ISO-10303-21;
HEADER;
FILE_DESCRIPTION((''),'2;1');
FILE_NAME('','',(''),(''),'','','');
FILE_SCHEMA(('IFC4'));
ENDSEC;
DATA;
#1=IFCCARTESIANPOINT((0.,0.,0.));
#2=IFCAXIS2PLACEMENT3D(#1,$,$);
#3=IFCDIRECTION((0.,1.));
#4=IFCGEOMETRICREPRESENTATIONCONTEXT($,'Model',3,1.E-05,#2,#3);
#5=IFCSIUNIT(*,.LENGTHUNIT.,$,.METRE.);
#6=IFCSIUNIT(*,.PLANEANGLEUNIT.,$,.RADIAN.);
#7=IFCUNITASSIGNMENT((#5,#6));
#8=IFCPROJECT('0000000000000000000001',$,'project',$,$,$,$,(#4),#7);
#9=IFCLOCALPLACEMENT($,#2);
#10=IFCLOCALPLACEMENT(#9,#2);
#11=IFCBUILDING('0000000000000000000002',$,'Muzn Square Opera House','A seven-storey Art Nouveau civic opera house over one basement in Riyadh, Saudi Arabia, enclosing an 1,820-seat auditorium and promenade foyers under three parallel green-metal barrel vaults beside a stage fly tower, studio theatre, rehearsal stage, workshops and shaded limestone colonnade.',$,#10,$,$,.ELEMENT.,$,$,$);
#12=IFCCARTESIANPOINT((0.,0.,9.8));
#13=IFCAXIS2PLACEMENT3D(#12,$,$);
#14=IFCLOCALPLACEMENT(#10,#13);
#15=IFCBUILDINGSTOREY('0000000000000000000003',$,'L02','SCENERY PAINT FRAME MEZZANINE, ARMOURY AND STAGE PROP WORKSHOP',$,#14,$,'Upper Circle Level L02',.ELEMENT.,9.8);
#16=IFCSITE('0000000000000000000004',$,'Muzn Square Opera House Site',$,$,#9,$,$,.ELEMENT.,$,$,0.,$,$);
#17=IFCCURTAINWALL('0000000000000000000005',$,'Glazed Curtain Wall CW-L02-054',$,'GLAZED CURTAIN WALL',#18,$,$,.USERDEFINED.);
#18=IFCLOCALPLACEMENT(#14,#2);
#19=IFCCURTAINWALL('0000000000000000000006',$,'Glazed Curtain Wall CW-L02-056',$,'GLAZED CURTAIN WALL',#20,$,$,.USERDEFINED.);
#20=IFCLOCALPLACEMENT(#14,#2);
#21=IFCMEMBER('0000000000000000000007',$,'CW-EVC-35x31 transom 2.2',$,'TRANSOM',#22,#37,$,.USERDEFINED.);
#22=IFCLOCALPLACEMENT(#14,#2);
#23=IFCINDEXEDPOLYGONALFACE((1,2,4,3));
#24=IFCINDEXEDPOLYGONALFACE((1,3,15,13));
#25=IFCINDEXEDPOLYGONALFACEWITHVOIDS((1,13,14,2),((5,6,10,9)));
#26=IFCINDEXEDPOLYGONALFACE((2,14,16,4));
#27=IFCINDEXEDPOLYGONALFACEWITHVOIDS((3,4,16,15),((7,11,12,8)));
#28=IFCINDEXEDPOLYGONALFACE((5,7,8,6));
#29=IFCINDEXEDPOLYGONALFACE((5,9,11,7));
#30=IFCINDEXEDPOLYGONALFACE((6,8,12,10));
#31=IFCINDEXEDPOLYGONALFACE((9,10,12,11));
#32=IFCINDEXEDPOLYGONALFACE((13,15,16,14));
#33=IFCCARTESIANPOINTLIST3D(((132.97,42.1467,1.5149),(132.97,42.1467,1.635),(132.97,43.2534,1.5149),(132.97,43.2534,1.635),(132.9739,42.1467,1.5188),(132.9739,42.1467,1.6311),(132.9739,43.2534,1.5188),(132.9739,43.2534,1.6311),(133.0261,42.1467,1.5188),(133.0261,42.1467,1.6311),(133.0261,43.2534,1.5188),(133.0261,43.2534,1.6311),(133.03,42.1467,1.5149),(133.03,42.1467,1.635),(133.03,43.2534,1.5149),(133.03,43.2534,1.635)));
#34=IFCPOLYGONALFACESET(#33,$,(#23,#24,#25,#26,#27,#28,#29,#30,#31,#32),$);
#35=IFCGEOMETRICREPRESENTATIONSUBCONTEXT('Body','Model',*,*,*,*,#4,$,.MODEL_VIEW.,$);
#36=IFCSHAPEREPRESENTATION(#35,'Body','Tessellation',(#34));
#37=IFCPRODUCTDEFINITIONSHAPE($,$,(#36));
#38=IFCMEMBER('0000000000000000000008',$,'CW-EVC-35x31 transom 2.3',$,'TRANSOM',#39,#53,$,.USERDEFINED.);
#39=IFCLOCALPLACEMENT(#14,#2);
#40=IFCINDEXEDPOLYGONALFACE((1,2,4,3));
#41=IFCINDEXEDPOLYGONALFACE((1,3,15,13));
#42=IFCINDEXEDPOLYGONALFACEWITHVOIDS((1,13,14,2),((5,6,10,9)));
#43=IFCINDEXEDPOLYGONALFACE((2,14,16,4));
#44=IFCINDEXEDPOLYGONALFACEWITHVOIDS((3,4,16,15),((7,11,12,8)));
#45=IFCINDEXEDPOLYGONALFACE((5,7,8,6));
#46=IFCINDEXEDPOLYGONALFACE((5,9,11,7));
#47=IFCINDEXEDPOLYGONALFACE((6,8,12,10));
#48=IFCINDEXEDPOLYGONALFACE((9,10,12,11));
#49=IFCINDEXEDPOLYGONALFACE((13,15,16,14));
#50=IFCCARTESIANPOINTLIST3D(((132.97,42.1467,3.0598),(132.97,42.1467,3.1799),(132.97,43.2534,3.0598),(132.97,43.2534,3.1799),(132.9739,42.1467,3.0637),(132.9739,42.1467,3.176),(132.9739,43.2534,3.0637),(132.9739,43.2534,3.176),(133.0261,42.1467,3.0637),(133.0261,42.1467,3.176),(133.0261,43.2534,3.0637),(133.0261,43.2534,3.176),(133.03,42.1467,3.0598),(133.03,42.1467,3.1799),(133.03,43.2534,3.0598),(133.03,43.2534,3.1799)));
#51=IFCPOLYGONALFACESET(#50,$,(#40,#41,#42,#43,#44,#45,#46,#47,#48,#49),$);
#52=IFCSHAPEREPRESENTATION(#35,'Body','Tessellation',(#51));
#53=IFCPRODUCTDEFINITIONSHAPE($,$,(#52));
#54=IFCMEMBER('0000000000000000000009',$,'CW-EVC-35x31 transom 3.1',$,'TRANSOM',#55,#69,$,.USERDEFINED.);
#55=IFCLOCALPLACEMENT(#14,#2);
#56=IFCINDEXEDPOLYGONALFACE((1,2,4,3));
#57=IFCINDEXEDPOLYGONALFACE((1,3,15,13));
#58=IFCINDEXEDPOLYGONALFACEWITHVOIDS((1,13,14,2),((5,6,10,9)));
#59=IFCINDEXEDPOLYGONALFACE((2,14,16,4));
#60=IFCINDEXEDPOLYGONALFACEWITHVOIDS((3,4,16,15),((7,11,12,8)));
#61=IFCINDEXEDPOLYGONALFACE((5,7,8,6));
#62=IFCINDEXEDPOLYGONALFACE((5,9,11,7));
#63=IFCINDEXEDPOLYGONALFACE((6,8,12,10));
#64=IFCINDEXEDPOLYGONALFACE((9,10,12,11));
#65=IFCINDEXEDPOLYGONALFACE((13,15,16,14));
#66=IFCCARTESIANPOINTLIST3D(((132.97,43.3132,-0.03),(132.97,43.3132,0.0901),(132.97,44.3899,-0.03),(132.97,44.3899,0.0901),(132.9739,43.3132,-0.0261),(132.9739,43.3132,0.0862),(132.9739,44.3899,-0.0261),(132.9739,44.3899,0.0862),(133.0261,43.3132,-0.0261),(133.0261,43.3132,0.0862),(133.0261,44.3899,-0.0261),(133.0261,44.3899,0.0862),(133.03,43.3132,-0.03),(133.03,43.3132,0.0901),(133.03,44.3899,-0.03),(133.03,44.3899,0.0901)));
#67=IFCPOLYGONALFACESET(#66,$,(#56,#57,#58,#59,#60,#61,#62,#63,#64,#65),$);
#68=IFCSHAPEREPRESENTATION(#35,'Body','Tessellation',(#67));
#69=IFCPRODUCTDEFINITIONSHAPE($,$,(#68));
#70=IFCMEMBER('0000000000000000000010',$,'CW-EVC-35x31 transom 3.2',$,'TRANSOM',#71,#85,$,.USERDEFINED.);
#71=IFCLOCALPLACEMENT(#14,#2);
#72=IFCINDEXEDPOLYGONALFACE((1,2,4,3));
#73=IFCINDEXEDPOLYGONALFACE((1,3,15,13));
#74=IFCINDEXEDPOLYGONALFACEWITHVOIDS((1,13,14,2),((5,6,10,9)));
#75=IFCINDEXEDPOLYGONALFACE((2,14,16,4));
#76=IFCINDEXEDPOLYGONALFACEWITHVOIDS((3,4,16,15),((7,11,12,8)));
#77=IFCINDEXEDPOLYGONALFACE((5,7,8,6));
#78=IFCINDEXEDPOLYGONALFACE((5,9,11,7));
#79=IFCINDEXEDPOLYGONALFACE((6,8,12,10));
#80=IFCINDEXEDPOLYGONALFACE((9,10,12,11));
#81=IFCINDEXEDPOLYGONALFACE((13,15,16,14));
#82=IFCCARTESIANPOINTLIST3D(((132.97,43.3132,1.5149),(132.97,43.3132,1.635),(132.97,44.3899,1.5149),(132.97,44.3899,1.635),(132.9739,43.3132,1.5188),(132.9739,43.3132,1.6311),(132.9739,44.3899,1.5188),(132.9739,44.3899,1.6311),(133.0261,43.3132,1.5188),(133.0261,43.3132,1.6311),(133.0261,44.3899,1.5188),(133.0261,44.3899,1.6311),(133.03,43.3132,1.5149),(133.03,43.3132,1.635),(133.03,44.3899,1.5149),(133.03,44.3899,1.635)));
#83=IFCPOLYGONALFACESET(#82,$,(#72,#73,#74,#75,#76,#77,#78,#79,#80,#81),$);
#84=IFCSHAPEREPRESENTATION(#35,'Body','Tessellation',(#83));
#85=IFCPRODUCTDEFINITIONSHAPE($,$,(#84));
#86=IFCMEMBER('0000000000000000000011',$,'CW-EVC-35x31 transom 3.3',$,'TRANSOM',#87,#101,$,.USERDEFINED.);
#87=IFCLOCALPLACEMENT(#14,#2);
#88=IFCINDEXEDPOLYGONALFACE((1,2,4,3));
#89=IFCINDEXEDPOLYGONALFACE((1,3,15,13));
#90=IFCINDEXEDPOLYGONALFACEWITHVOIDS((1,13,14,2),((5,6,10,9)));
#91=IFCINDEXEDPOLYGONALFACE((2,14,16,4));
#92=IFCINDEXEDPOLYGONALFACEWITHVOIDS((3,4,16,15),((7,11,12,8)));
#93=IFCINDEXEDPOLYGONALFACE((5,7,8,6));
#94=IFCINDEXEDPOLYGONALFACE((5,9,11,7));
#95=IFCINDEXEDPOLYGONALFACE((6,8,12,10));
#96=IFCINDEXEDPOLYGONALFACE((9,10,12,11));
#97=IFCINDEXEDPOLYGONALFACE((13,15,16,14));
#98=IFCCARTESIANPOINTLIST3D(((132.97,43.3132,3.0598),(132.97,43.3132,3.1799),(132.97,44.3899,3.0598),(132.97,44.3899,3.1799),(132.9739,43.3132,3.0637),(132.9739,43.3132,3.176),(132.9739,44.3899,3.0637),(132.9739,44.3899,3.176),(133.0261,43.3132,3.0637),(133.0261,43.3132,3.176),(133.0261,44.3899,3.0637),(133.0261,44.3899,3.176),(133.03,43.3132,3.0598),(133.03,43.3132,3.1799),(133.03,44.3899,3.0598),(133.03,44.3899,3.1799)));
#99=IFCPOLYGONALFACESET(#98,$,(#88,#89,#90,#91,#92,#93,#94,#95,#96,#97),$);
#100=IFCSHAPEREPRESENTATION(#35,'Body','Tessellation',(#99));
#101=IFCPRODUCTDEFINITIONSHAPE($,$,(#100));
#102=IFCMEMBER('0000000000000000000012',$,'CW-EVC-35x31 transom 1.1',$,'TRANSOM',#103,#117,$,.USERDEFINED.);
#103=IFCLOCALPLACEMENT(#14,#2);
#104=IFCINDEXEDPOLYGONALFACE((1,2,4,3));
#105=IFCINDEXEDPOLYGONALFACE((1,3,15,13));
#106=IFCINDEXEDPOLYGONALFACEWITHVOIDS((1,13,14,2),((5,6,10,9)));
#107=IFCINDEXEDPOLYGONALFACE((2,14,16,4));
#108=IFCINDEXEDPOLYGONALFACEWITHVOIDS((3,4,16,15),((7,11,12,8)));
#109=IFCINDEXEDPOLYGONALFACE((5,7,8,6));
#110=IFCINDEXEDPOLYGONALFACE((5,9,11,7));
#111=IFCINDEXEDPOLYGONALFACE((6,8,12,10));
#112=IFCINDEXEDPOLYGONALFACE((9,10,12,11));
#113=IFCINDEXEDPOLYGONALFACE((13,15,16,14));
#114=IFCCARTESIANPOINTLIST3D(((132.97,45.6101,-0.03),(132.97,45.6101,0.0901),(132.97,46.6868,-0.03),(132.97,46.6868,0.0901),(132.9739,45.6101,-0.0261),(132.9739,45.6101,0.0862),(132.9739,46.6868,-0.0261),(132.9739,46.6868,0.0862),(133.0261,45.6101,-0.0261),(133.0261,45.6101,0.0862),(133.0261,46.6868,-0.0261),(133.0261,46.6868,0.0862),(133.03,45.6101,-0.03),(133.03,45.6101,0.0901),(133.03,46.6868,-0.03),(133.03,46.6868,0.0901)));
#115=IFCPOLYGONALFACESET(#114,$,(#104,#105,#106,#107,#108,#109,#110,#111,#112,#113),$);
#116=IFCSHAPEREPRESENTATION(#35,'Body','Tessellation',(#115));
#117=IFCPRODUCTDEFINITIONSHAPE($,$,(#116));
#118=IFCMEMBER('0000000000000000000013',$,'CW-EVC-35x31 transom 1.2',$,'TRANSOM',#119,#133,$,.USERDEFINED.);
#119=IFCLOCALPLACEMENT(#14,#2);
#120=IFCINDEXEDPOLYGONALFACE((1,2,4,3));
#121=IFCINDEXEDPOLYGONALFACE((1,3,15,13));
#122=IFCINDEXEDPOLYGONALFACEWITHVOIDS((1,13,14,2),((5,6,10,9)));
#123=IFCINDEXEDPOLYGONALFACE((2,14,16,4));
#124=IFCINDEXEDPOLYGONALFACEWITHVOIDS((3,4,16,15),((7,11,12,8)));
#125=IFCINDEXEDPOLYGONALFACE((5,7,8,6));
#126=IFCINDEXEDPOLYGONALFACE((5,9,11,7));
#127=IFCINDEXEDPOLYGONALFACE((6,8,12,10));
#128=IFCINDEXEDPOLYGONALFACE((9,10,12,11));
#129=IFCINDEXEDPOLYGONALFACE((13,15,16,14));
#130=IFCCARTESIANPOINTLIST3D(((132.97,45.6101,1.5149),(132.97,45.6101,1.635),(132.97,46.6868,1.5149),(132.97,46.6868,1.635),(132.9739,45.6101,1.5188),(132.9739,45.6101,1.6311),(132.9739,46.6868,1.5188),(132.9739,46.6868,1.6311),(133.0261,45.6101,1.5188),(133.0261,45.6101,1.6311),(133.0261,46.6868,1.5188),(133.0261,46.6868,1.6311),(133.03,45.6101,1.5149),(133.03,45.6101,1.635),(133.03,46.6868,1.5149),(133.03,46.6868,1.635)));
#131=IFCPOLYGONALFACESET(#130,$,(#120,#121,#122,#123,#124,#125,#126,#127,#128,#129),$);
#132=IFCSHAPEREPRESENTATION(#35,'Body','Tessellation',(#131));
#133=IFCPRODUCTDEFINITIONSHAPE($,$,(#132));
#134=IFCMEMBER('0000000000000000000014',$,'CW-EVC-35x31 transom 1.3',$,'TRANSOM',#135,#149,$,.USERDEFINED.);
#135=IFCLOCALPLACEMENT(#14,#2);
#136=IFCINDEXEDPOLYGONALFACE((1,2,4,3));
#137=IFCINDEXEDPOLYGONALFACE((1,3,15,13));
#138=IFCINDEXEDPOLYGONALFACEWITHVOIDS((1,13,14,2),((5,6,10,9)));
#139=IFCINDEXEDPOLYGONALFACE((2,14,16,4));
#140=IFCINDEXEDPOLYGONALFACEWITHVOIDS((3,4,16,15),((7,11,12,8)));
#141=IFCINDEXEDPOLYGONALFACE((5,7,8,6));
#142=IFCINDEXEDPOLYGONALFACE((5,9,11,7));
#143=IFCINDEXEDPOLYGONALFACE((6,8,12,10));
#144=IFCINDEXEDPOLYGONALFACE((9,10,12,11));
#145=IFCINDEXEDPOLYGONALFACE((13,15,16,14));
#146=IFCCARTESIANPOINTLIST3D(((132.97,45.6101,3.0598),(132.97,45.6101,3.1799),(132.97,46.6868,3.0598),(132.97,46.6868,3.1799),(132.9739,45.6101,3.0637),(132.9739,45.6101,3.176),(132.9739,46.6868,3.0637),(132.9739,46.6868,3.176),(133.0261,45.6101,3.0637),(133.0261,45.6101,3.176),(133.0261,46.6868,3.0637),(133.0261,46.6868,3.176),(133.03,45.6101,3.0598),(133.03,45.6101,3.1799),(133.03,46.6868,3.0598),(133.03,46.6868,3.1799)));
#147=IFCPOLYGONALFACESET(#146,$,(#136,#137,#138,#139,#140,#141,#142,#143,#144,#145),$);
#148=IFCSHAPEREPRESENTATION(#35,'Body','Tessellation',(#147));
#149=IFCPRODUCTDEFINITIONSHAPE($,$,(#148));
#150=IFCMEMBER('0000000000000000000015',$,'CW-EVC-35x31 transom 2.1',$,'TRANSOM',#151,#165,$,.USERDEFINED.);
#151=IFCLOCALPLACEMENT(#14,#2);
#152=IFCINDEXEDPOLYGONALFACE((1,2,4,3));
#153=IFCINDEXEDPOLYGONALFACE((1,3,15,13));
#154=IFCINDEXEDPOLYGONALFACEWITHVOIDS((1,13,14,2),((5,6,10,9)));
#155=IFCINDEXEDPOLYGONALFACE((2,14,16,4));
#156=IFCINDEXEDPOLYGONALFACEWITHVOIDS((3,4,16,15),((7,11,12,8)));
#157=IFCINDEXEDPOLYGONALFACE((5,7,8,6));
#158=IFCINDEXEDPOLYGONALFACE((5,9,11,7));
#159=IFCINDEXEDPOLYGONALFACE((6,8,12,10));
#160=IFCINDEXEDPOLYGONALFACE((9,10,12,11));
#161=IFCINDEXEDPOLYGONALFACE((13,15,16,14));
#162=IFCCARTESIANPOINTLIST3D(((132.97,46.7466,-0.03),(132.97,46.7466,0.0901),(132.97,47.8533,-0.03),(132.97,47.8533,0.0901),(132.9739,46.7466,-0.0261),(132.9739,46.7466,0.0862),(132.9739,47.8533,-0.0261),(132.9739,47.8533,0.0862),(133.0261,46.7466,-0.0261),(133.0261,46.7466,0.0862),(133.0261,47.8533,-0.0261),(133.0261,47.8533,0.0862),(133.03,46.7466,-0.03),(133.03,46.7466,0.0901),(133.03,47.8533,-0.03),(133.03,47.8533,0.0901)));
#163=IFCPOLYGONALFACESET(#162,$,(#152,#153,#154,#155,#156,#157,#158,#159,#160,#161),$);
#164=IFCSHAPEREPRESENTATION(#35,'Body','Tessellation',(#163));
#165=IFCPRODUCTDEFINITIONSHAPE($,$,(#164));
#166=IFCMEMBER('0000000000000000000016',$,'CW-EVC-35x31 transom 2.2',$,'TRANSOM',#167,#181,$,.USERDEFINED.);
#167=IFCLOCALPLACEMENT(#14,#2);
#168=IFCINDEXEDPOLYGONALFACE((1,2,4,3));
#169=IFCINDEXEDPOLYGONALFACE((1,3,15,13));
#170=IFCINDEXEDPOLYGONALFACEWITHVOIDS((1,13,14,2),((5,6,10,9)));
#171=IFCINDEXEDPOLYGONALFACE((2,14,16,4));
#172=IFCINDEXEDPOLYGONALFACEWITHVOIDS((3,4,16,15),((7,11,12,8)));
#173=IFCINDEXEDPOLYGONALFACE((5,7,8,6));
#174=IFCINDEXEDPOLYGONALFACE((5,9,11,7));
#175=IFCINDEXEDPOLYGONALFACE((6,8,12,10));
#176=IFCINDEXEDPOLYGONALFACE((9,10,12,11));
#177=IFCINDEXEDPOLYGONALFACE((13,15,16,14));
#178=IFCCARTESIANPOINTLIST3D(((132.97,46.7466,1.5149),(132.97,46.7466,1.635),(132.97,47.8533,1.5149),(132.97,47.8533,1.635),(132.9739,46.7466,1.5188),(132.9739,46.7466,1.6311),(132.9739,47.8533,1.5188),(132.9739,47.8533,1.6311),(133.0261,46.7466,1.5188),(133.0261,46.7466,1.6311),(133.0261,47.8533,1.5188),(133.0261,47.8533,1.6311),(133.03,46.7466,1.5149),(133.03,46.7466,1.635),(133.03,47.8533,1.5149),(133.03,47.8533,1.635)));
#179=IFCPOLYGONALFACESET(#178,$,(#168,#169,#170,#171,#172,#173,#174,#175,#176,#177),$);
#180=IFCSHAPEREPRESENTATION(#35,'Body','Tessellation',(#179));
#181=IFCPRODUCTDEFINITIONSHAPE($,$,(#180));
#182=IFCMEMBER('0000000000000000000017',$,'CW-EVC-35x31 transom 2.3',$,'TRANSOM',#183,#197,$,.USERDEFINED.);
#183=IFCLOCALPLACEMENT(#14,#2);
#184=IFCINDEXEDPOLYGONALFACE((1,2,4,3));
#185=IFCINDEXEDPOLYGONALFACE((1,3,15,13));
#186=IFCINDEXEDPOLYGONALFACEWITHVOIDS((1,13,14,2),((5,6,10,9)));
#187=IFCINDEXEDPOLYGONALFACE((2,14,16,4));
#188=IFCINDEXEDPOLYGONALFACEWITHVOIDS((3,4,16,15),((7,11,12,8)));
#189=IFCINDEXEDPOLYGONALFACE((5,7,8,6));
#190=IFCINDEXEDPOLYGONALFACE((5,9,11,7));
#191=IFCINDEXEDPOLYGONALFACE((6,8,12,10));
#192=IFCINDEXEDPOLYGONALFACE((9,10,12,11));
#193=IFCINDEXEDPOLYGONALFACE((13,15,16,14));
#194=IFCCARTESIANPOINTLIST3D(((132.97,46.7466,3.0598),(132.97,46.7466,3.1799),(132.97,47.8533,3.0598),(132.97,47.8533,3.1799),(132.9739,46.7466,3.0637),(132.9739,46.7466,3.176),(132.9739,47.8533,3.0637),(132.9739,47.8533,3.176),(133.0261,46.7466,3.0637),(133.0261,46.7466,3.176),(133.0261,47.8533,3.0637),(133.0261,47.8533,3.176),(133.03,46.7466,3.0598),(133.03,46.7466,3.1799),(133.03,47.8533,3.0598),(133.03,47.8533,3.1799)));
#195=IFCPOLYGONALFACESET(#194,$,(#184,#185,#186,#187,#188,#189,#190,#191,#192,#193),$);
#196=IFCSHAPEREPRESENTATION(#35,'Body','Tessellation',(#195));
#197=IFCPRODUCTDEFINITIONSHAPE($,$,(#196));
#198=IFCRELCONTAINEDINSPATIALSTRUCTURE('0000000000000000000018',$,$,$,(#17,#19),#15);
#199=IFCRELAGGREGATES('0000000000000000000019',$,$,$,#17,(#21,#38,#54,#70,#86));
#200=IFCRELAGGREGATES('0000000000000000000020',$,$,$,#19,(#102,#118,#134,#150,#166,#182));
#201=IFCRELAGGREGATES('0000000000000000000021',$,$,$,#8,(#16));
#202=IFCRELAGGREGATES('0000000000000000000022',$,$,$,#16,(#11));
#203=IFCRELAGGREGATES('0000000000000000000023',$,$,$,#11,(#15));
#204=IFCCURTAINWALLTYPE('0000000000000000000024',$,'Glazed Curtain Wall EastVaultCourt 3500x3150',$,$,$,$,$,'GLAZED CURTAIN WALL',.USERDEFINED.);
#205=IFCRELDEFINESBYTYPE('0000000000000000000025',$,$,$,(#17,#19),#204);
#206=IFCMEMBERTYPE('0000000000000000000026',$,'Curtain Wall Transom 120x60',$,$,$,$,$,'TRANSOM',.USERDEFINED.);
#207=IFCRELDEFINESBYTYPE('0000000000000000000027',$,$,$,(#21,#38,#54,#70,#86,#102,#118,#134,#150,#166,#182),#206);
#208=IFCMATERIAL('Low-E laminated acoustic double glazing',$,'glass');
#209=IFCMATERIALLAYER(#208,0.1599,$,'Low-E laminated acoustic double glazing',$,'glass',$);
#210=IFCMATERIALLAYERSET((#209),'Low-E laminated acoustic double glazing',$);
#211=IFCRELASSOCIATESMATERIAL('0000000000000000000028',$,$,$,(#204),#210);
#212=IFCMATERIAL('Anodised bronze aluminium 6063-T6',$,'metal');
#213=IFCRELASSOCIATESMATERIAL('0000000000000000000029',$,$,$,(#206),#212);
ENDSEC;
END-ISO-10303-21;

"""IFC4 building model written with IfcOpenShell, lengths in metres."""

from ifc_helpers import new_model, si_unit, direction, frame, origin, origin_2d, place, context, subcontext, project, spatial, hollow_rectangle, extrude, material, layer, layer_set, material_profile, profile_set, type_object, element, aggregate, save


model = new_model("IFC4")

# Units and contexts
model_context = context("Model", 3, precision=1e-05, world=origin(), true_north=direction((0.0, 1.0)))
body_context = subcontext(model_context, "Body", "Model", "MODEL_VIEW")
ifc_project = project(units=[si_unit("LENGTHUNIT", "METRE"), si_unit("PLANEANGLEUNIT", "RADIAN")], contexts=[model_context])

# Site, building, storey
site_placement = place(None, origin())
site = spatial("IfcSite", under=ifc_project, at=site_placement, Name="Muzn Square Opera House Site", CompositionType="ELEMENT", RefElevation=0.0)
building_placement = place(site_placement, origin())
building = spatial("IfcBuilding", under=site, at=building_placement, Name="Muzn Square Opera House", Description="A seven-storey Art Nouveau civic opera house over one basement in Riyadh, Saudi Arabia, enclosing an 1,820-seat auditorium and promenade foyers under three parallel green-metal barrel vaults beside a stage fly tower, studio theatre, rehearsal stage, workshops and shaded limestone colonnade.", CompositionType="ELEMENT")
storey_placement = place(building_placement, frame((0.0, 0.0, 9.8)))
storey = spatial("IfcBuildingStorey", under=building, at=storey_placement, Name="L02", Description="SCENERY PAINT FRAME MEZZANINE, ARMOURY AND STAGE PROP WORKSHOP", LongName="Upper Circle Level L02", CompositionType="ELEMENT", Elevation=9.8)

# Curtain walls
ifc_material_1 = material(Name="Low-E laminated acoustic double glazing", Category="glass")
ifc_layer_1 = layer(ifc_material_1, 0.1599, Name="Low-E laminated acoustic double glazing", Category="glass")
ifc_layer_set_1 = layer_set([ifc_layer_1], Name="Low-E laminated acoustic double glazing")
curtain_wall_type = type_object("IfcCurtainWallType", Name="Glazed Curtain Wall EastVaultCourt 3500x3150", ElementType="GLAZED CURTAIN WALL", PredefinedType="USERDEFINED", material=ifc_layer_set_1)
curtain_wall_1_placement = place(storey_placement, origin())
curtain_wall_1 = element("IfcCurtainWall", 1, at=curtain_wall_1_placement, inside=storey, type_object=curtain_wall_type, Name="Glazed Curtain Wall CW-L02-054", ObjectType="GLAZED CURTAIN WALL", PredefinedType="USERDEFINED")
ifc_material_2 = material(Name="Anodised bronze aluminium 6063-T6", Category="metal")
curtain_wall_2_placement = place(storey_placement, origin())
curtain_wall_2 = element("IfcCurtainWall", 2, at=curtain_wall_2_placement, inside=storey, type_object=curtain_wall_type, Name="Glazed Curtain Wall CW-L02-056", ObjectType="GLAZED CURTAIN WALL", PredefinedType="USERDEFINED")

# Members
ifc_material_profile_1 = material_profile(ifc_material_2, hollow_rectangle(XDim=0.0601, YDim=0.1201, WallThickness=0.0039, at=origin_2d()), Name="ALU 120x60x4", Category="metal")
ifc_profile_set_1 = profile_set([ifc_material_profile_1], Name="Anodised bronze aluminium 6063-T6")
member_type_1 = type_object("IfcMemberType", Name="Curtain Wall Transom 120x60", ElementType="TRANSOM", PredefinedType="USERDEFINED", material=ifc_profile_set_1)
member_1_placement = place(storey_placement, frame((133.0, 42.1467, 1.575), z_axis=(0.0, 1.0, 0.0), x_axis=(-1.0, 0.0, 0.0)))
member_1 = element("IfcMember", 3, at=member_1_placement, type_object=member_type_1, Name="CW-EVC-35x31 transom 2.2", ObjectType="TRANSOM", PredefinedType="USERDEFINED", context=body_context, shape_type="SweptSolid", body=[
    extrude(hollow_rectangle(XDim=0.0601, YDim=0.1201, WallThickness=0.0039, at=origin_2d()), origin(), (0.0, 0.0, 1.0), 1.1067),
])
member_2_placement = place(storey_placement, frame((133.0, 42.1467, 3.1199), z_axis=(0.0, 1.0, 0.0), x_axis=(-1.0, 0.0, 0.0)))
member_2 = element("IfcMember", 4, at=member_2_placement, type_object=member_type_1, Name="CW-EVC-35x31 transom 2.3", ObjectType="TRANSOM", PredefinedType="USERDEFINED", context=body_context, shape_type="SweptSolid", body=[
    extrude(hollow_rectangle(XDim=0.0601, YDim=0.1201, WallThickness=0.0039, at=origin_2d()), origin(), (0.0, 0.0, 1.0), 1.1067),
])
member_3_placement = place(storey_placement, frame((133.0, 43.3132, 0.03), z_axis=(0.0, 1.0, 0.0), x_axis=(-1.0, 0.0, 0.0)))
member_3 = element("IfcMember", 5, at=member_3_placement, type_object=member_type_1, Name="CW-EVC-35x31 transom 3.1", ObjectType="TRANSOM", PredefinedType="USERDEFINED", context=body_context, shape_type="SweptSolid", body=[
    extrude(hollow_rectangle(XDim=0.0601, YDim=0.1201, WallThickness=0.0039, at=origin_2d()), origin(), (0.0, 0.0, 1.0), 1.0767),
])
member_4_placement = place(storey_placement, frame((133.0, 43.3132, 1.575), z_axis=(0.0, 1.0, 0.0), x_axis=(-1.0, 0.0, 0.0)))
member_4 = element("IfcMember", 6, at=member_4_placement, type_object=member_type_1, Name="CW-EVC-35x31 transom 3.2", ObjectType="TRANSOM", PredefinedType="USERDEFINED", context=body_context, shape_type="SweptSolid", body=[
    extrude(hollow_rectangle(XDim=0.0601, YDim=0.1201, WallThickness=0.0039, at=origin_2d()), origin(), (0.0, 0.0, 1.0), 1.0767),
])
member_5_placement = place(storey_placement, frame((133.0, 43.3132, 3.1199), z_axis=(0.0, 1.0, 0.0), x_axis=(-1.0, 0.0, 0.0)))
member_5 = element("IfcMember", 7, at=member_5_placement, type_object=member_type_1, Name="CW-EVC-35x31 transom 3.3", ObjectType="TRANSOM", PredefinedType="USERDEFINED", context=body_context, shape_type="SweptSolid", body=[
    extrude(hollow_rectangle(XDim=0.0601, YDim=0.1201, WallThickness=0.0039, at=origin_2d()), origin(), (0.0, 0.0, 1.0), 1.0767),
])
member_6_placement = place(storey_placement, frame((133.0, 45.6101, 0.03), z_axis=(0.0, 1.0, 0.0), x_axis=(-1.0, 0.0, 0.0)))
member_6 = element("IfcMember", 8, at=member_6_placement, type_object=member_type_1, Name="CW-EVC-35x31 transom 1.1", ObjectType="TRANSOM", PredefinedType="USERDEFINED", context=body_context, shape_type="SweptSolid", body=[
    extrude(hollow_rectangle(XDim=0.0601, YDim=0.1201, WallThickness=0.0039, at=origin_2d()), origin(), (0.0, 0.0, 1.0), 1.0767),
])
member_7_placement = place(storey_placement, frame((133.0, 45.6101, 1.575), z_axis=(0.0, 1.0, 0.0), x_axis=(-1.0, 0.0, 0.0)))
member_7 = element("IfcMember", 9, at=member_7_placement, type_object=member_type_1, Name="CW-EVC-35x31 transom 1.2", ObjectType="TRANSOM", PredefinedType="USERDEFINED", context=body_context, shape_type="SweptSolid", body=[
    extrude(hollow_rectangle(XDim=0.0601, YDim=0.1201, WallThickness=0.0039, at=origin_2d()), origin(), (0.0, 0.0, 1.0), 1.0767),
])
member_8_placement = place(storey_placement, frame((133.0, 45.6101, 3.1199), z_axis=(0.0, 1.0, 0.0), x_axis=(-1.0, 0.0, 0.0)))
member_8 = element("IfcMember", 10, at=member_8_placement, type_object=member_type_1, Name="CW-EVC-35x31 transom 1.3", ObjectType="TRANSOM", PredefinedType="USERDEFINED", context=body_context, shape_type="SweptSolid", body=[
    extrude(hollow_rectangle(XDim=0.0601, YDim=0.1201, WallThickness=0.0039, at=origin_2d()), origin(), (0.0, 0.0, 1.0), 1.0767),
])
member_9_placement = place(storey_placement, frame((133.0, 46.7466, 0.03), z_axis=(0.0, 1.0, 0.0), x_axis=(-1.0, 0.0, 0.0)))
member_9 = element("IfcMember", 11, at=member_9_placement, type_object=member_type_1, Name="CW-EVC-35x31 transom 2.1", ObjectType="TRANSOM", PredefinedType="USERDEFINED", context=body_context, shape_type="SweptSolid", body=[
    extrude(hollow_rectangle(XDim=0.0601, YDim=0.1201, WallThickness=0.0039, at=origin_2d()), origin(), (0.0, 0.0, 1.0), 1.1067),
])
member_10_placement = place(storey_placement, frame((133.0, 46.7466, 1.575), z_axis=(0.0, 1.0, 0.0), x_axis=(-1.0, 0.0, 0.0)))
member_10 = element("IfcMember", 12, at=member_10_placement, type_object=member_type_1, Name="CW-EVC-35x31 transom 2.2", ObjectType="TRANSOM", PredefinedType="USERDEFINED", context=body_context, shape_type="SweptSolid", body=[
    extrude(hollow_rectangle(XDim=0.0601, YDim=0.1201, WallThickness=0.0039, at=origin_2d()), origin(), (0.0, 0.0, 1.0), 1.1067),
])
member_11_placement = place(storey_placement, frame((133.0, 46.7466, 3.1199), z_axis=(0.0, 1.0, 0.0), x_axis=(-1.0, 0.0, 0.0)))
member_11 = element("IfcMember", 13, at=member_11_placement, type_object=member_type_1, Name="CW-EVC-35x31 transom 2.3", ObjectType="TRANSOM", PredefinedType="USERDEFINED", context=body_context, shape_type="SweptSolid", body=[
    extrude(hollow_rectangle(XDim=0.0601, YDim=0.1201, WallThickness=0.0039, at=origin_2d()), origin(), (0.0, 0.0, 1.0), 1.1067),
])

aggregate(curtain_wall_1, [member_1, member_2, member_3, member_4, member_5])
aggregate(curtain_wall_2, [member_6, member_7, member_8, member_9, member_10, member_11])

save(model, "model.ifc")
